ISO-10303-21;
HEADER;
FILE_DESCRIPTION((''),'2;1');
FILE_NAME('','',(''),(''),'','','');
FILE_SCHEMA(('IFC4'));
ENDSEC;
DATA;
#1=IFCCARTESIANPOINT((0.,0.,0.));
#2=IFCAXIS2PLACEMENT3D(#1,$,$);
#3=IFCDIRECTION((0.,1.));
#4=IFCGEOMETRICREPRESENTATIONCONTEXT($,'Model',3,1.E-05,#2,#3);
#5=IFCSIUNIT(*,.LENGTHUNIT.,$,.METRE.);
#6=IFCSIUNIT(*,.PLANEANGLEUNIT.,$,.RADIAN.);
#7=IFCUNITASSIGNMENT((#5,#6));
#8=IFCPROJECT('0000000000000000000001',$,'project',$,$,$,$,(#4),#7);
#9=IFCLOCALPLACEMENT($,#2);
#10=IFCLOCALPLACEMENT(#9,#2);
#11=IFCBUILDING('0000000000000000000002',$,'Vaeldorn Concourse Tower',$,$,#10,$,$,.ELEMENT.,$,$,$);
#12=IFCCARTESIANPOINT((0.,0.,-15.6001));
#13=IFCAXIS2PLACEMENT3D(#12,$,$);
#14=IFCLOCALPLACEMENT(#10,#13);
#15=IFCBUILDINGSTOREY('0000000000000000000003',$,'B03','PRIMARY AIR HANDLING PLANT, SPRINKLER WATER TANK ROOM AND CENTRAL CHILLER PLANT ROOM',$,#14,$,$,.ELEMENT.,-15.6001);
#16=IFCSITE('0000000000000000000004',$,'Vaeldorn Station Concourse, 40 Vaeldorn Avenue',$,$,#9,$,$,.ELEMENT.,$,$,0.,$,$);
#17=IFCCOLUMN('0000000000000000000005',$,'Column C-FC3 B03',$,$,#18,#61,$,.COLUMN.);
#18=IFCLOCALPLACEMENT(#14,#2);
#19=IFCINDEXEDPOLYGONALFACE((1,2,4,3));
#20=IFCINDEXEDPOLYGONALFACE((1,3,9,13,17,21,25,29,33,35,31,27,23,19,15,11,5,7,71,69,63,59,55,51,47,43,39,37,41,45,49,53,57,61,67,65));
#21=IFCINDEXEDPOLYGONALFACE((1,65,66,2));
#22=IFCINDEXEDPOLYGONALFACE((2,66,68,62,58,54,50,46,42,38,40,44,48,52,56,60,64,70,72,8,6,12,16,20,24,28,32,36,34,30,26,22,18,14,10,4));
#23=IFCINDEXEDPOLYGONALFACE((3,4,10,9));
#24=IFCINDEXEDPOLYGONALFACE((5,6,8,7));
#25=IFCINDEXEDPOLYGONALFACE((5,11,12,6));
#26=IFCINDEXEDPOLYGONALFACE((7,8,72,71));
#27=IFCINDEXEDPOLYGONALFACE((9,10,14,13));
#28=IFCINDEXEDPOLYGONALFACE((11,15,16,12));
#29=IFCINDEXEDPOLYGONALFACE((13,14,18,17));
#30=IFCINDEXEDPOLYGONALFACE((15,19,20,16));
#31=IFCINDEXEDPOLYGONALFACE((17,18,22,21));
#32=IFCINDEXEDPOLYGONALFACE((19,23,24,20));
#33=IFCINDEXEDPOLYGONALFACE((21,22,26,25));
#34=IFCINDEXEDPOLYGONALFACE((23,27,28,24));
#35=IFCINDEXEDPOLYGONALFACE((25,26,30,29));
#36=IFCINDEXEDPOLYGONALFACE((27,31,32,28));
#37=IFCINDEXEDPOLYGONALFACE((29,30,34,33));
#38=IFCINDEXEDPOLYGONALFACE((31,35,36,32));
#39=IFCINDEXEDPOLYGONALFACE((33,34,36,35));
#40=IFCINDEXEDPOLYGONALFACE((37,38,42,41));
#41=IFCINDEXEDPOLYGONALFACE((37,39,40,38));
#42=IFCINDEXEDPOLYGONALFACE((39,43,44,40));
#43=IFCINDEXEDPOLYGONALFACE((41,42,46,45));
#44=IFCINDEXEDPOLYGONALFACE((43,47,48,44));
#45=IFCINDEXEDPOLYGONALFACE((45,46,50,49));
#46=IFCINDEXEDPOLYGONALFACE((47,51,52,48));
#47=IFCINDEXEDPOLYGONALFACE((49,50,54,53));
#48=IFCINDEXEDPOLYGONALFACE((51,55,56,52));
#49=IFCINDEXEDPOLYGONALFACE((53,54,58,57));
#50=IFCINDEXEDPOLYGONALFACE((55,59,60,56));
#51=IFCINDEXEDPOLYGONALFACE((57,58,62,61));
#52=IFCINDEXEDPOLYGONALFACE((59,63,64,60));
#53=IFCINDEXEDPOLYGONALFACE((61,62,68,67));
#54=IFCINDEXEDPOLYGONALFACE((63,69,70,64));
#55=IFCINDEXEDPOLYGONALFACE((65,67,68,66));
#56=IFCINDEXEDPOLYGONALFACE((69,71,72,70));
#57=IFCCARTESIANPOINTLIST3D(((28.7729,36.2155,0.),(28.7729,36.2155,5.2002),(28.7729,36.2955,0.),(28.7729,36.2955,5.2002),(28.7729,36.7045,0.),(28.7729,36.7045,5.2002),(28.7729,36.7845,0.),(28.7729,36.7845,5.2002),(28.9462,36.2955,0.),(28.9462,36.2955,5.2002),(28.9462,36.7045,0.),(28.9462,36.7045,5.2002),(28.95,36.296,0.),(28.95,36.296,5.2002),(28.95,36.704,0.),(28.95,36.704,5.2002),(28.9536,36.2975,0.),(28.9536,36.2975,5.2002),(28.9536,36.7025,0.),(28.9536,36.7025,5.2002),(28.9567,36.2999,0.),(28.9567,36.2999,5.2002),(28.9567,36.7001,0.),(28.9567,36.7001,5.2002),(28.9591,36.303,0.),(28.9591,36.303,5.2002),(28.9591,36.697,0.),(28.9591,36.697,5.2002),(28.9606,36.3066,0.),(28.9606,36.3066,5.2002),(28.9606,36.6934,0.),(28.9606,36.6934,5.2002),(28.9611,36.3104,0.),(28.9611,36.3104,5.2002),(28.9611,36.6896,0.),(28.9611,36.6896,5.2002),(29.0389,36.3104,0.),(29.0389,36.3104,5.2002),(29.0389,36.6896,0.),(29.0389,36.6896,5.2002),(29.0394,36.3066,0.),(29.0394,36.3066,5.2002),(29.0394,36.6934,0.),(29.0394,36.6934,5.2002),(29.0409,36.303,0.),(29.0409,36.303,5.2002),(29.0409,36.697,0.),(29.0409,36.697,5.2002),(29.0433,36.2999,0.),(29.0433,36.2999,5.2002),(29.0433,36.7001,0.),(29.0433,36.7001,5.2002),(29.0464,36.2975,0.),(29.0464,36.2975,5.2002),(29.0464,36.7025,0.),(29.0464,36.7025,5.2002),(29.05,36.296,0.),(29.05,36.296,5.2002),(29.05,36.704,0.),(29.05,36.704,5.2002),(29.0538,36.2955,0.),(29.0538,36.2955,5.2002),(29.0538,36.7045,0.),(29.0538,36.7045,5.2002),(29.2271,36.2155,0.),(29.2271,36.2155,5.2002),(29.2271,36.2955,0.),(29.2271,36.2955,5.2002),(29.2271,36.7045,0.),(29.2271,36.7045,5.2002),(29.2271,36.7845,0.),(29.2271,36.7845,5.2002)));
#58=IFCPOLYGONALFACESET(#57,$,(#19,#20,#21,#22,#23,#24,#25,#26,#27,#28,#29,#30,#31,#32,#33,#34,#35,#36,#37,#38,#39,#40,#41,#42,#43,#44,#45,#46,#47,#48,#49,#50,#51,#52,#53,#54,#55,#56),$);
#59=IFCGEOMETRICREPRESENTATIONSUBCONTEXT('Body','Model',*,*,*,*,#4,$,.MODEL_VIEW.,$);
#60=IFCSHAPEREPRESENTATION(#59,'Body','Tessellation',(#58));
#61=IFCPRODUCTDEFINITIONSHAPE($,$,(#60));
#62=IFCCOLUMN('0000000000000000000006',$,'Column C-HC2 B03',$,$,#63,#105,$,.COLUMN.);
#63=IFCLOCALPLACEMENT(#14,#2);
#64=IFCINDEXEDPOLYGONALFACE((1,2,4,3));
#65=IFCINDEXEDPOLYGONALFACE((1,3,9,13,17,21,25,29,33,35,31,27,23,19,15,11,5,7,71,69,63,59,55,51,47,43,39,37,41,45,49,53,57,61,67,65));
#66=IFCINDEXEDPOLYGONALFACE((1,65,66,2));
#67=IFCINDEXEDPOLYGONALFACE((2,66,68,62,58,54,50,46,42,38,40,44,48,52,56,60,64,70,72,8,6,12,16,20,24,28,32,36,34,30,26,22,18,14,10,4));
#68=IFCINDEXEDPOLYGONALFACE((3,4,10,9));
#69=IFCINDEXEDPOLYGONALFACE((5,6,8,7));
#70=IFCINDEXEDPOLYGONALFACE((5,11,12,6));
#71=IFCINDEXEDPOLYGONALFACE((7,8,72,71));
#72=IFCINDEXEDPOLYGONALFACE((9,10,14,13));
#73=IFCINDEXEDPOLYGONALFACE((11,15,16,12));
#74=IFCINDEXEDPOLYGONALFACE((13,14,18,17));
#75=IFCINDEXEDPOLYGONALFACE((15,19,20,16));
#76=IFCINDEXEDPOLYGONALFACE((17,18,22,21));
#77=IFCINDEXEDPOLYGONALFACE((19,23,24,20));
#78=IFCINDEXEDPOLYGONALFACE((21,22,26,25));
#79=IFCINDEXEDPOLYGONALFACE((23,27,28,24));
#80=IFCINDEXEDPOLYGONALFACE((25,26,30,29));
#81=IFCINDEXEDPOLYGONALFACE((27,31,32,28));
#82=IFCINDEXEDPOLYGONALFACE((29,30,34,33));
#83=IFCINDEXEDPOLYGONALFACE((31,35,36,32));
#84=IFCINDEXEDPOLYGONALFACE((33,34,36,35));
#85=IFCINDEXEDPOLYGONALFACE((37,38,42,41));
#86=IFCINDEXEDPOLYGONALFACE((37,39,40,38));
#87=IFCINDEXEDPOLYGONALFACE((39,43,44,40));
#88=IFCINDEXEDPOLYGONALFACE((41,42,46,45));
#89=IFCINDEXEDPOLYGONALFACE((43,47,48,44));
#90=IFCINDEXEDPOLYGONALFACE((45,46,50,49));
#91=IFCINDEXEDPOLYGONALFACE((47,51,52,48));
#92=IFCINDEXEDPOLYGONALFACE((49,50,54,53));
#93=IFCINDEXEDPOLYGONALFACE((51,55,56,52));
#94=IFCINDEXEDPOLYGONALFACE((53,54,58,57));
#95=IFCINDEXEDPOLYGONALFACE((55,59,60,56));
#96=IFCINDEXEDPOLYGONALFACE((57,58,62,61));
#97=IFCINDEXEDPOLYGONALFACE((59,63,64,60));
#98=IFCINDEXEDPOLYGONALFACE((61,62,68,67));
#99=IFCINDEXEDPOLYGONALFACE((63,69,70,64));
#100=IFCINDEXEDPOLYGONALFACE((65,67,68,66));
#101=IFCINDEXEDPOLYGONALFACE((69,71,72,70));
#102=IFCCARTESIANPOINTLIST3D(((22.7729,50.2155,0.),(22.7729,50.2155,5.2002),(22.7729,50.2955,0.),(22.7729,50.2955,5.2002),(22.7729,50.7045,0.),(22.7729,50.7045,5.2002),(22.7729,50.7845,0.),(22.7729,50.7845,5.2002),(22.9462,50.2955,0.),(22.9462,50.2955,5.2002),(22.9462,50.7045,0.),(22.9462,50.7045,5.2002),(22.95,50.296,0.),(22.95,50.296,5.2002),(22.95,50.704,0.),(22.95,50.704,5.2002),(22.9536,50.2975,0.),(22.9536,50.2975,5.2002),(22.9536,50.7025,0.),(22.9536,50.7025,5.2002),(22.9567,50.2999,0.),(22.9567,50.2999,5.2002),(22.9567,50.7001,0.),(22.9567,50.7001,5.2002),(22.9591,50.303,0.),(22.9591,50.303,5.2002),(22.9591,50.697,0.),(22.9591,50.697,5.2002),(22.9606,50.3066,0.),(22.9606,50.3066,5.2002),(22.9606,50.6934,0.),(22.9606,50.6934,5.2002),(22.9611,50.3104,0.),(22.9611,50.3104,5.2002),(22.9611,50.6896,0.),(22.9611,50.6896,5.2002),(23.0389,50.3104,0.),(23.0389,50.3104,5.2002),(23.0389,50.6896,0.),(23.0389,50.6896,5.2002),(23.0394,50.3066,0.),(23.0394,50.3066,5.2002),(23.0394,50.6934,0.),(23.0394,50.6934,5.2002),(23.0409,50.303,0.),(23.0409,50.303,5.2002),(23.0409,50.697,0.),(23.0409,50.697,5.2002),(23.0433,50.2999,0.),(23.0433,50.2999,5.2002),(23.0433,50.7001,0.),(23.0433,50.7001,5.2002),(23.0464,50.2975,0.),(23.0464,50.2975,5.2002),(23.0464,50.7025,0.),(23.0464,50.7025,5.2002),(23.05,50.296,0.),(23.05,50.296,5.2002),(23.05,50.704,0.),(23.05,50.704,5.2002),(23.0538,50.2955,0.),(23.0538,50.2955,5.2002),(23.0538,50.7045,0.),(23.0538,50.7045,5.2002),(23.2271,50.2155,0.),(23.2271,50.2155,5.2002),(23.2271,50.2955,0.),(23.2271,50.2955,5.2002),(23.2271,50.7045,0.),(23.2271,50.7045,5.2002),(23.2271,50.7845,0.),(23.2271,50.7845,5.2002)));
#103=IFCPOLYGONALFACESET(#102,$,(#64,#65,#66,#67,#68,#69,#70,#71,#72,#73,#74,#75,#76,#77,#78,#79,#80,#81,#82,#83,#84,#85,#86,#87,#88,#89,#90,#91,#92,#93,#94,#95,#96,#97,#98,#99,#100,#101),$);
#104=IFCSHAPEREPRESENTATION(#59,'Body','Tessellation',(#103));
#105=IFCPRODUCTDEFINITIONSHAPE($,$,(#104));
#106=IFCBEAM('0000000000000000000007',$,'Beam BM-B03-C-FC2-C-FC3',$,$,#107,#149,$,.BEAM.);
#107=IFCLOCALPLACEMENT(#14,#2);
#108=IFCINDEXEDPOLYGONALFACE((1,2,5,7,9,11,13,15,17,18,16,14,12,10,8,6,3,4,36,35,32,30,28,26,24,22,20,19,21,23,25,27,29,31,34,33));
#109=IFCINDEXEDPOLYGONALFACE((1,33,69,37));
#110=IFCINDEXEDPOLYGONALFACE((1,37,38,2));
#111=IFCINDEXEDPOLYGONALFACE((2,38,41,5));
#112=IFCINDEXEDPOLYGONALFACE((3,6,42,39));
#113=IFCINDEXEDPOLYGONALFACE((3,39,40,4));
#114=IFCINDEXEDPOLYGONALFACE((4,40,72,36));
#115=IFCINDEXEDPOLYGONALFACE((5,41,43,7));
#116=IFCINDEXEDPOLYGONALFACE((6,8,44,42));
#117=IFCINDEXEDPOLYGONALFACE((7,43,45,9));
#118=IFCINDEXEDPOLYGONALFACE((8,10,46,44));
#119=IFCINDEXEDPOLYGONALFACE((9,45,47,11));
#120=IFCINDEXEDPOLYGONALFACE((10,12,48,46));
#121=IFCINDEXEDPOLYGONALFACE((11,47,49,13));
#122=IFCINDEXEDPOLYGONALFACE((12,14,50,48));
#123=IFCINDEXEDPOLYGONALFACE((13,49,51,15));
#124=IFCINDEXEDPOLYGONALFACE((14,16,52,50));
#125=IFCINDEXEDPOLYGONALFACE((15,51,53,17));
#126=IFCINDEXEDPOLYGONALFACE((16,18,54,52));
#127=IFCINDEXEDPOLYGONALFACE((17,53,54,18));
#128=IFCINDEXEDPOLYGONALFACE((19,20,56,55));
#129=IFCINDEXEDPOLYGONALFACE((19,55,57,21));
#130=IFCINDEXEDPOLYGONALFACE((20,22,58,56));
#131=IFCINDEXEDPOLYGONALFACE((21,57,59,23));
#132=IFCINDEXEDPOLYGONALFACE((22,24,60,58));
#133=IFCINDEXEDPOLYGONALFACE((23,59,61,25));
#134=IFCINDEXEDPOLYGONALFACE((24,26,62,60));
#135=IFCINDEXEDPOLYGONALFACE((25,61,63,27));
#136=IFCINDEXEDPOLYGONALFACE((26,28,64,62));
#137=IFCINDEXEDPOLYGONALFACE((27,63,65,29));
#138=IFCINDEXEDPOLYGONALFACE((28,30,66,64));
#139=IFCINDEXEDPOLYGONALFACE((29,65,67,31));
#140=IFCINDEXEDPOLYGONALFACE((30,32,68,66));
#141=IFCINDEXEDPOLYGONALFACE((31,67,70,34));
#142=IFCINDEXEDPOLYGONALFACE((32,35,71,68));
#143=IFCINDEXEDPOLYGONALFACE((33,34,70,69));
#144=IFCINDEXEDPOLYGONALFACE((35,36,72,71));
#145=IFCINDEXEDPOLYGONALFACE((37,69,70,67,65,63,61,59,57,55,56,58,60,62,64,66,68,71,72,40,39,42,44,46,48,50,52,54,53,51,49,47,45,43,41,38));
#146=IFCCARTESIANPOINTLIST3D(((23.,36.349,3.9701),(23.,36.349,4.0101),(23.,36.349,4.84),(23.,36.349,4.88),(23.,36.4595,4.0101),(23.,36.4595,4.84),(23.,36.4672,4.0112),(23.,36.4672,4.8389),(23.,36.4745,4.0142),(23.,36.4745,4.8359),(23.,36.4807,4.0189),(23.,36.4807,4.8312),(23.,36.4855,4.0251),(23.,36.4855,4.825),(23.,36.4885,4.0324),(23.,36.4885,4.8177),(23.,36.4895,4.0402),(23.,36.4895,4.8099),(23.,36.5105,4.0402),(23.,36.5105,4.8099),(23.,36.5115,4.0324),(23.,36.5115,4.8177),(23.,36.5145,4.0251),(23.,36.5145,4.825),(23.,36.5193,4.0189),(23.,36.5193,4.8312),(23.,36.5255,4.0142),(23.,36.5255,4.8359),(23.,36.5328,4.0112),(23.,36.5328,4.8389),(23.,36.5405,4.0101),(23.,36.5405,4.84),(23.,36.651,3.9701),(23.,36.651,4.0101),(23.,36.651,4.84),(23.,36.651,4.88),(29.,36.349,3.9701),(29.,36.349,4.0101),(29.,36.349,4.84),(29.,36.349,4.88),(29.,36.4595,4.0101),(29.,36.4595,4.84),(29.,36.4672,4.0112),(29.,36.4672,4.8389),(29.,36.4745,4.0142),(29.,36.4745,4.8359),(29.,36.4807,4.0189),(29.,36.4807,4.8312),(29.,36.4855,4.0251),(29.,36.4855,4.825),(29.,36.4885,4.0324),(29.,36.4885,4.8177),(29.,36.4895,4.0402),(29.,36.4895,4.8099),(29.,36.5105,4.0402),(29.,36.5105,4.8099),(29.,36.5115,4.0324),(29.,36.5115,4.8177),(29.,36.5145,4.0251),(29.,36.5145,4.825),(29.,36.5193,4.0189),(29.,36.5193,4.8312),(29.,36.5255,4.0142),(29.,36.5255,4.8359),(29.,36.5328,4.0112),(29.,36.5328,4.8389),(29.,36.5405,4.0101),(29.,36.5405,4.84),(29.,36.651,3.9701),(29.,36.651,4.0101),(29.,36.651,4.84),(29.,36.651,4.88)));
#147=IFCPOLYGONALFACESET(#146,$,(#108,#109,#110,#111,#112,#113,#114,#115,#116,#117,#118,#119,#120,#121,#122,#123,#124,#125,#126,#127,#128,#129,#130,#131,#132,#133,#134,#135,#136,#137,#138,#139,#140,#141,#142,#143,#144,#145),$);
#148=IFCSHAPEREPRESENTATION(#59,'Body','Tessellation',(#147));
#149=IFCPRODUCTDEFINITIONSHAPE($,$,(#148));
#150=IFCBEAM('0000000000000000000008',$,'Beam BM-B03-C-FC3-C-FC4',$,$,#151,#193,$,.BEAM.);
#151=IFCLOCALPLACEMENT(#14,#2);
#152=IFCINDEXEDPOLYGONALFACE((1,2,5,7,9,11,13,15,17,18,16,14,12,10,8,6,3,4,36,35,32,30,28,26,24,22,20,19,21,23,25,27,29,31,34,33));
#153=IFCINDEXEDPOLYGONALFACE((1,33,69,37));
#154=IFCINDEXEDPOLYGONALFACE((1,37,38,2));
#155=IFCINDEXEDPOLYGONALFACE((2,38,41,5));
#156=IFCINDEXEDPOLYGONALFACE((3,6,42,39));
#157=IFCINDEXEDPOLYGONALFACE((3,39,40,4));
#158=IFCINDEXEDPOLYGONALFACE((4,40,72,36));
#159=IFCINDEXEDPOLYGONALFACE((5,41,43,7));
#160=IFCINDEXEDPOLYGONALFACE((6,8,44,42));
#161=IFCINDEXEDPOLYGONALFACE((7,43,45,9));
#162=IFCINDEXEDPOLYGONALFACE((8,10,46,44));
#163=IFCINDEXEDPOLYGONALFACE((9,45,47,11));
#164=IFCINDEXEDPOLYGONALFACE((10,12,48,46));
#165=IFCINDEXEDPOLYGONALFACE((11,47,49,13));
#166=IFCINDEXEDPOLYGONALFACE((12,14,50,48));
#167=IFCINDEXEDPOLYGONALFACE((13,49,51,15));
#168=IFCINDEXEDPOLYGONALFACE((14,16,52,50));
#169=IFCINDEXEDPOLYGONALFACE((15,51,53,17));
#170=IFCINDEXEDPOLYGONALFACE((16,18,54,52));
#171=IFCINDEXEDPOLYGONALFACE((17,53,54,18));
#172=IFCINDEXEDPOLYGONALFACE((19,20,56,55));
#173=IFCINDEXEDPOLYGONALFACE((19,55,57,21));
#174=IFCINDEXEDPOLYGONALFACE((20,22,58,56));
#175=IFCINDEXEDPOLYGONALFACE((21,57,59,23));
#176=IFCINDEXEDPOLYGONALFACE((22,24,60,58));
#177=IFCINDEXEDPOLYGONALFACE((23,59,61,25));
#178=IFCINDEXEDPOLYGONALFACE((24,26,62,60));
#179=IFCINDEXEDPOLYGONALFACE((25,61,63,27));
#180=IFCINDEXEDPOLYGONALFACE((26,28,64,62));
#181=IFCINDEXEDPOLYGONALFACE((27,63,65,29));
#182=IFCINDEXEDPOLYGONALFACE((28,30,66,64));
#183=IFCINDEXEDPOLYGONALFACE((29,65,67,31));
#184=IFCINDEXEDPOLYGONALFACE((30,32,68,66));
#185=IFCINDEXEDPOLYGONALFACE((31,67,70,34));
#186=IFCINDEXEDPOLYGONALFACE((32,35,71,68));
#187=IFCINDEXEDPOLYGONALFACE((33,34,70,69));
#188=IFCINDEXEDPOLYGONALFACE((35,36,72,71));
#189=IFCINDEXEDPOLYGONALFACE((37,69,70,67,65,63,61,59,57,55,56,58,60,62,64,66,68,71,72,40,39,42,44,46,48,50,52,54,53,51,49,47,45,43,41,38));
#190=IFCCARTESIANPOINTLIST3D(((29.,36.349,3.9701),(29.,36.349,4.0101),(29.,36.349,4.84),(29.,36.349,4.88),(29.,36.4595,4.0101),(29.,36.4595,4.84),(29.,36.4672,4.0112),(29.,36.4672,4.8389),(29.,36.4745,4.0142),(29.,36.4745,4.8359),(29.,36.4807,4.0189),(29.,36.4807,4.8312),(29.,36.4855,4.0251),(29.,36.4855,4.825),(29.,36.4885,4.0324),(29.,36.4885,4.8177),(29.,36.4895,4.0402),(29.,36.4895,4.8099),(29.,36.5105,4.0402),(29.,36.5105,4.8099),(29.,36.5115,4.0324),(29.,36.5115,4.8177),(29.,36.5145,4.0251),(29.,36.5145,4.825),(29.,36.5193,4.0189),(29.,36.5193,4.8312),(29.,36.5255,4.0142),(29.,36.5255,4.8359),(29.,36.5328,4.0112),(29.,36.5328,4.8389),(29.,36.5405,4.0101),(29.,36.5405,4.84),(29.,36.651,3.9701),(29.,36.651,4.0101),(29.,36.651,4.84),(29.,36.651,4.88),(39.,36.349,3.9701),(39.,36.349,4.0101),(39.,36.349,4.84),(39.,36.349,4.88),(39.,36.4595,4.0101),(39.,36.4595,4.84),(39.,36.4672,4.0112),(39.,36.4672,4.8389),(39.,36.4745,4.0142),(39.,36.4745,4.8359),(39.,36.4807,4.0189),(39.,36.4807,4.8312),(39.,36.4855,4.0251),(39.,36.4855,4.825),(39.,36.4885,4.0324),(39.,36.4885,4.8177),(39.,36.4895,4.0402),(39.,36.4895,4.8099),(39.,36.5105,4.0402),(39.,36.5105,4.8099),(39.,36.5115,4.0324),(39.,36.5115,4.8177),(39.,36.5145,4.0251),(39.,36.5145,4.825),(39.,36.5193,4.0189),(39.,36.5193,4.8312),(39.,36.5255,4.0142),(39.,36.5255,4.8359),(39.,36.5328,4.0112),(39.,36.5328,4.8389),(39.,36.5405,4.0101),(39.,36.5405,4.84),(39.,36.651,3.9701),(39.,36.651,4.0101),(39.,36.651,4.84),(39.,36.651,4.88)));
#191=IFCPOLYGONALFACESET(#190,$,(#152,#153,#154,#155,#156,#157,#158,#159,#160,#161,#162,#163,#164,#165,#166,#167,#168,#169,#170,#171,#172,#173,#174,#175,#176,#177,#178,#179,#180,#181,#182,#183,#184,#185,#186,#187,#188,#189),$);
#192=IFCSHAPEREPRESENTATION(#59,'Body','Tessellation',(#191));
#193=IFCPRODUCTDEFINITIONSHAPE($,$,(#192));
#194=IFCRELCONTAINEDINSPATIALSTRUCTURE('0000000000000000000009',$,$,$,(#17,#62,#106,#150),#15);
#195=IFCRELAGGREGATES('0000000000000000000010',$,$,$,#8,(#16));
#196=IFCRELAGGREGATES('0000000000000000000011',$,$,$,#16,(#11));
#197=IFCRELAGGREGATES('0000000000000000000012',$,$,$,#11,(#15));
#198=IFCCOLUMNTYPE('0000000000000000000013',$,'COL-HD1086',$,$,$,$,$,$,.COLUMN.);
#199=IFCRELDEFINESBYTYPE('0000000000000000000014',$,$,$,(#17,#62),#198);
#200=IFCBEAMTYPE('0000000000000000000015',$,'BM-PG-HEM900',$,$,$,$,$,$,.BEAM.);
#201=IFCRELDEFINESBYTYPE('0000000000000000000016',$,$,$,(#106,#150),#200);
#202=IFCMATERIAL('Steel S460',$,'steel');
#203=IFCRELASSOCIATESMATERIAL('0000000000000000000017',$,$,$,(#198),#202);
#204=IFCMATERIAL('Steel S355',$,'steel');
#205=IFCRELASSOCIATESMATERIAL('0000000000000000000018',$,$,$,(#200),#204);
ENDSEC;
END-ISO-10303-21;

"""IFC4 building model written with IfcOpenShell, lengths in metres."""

from ifc_helpers import new_model, si_unit, direction, frame, origin, origin_2d, place, context, subcontext, project, spatial, i_section, extrude, source, transform, mapped, material, material_profile, profile_set, type_object, element, save


model = new_model("IFC4")

# Units and contexts
model_context = context("Model", 3, precision=1e-05, world=origin(), true_north=direction((0.0, 1.0)))
body_context = subcontext(model_context, "Body", "Model", "MODEL_VIEW")
ifc_project = project(units=[si_unit("LENGTHUNIT", "METRE"), si_unit("PLANEANGLEUNIT", "RADIAN")], contexts=[model_context])

# Site, building, storey
site_placement = place(None, origin())
site = spatial("IfcSite", under=ifc_project, at=site_placement, Name="Vaeldorn Station Concourse, 40 Vaeldorn Avenue", CompositionType="ELEMENT", RefElevation=0.0)
building_placement = place(site_placement, origin())
building = spatial("IfcBuilding", under=site, at=building_placement, Name="Vaeldorn Concourse Tower", CompositionType="ELEMENT")
storey_placement = place(building_placement, frame((0.0, 0.0, -15.6001)))
storey = spatial("IfcBuildingStorey", under=building, at=storey_placement, Name="B03", Description="PRIMARY AIR HANDLING PLANT, SPRINKLER WATER TANK ROOM AND CENTRAL CHILLER PLANT ROOM", CompositionType="ELEMENT", Elevation=-15.6001)

# Columns
ifc_material_1 = material(Name="Steel S460", Category="steel")
ifc_material_profile_1 = material_profile(ifc_material_1, i_section(OverallWidth=0.4541, OverallDepth=0.5691, WebThickness=0.0779, FlangeThickness=0.0801, FilletRadius=0.0149, at=origin_2d()), Name="HD 400x1086")
ifc_profile_set_1 = profile_set([ifc_material_profile_1], Name="Steel S460")
column_type = type_object("IfcColumnType", Name="COL-HD1086", PredefinedType="COLUMN", material=ifc_profile_set_1)
shared_shape_1 = source(origin(), body_context, "Body", "SweptSolid", [
    extrude(i_section(OverallWidth=0.4541, OverallDepth=0.5691, WebThickness=0.0779, FlangeThickness=0.0801, FilletRadius=0.0149, at=origin_2d()), origin(), (0.0, 0.0, 1.0), 5.2002),
])
for number, where, z_axis, x_axis, name in (
    (1, (29.0, 36.5, 0.0), (0.0, 0.0, 1.0), (1.0, 0.0, 0.0), "Column C-FC3 B03"),
    (2, (23.0, 50.5, 0.0), (0.0, 0.0, 1.0), (1.0, 0.0, 0.0), "Column C-HC2 B03"),
):
    element("IfcColumn", number, at=place(storey_placement, frame(where, z_axis=z_axis, x_axis=x_axis)), inside=storey, type_object=column_type, Name=name, PredefinedType="COLUMN", context=body_context, shape_type="MappedRepresentation", body=[
        mapped(shared_shape_1, transform((0.0, 0.0, 0.0), scale=1.0)),
    ])

# Beams
ifc_material_2 = material(Name="Steel S355", Category="steel")
ifc_material_profile_2 = material_profile(ifc_material_2, i_section(OverallWidth=0.302, OverallDepth=0.9099, WebThickness=0.021, FlangeThickness=0.04, FilletRadius=0.03, at=origin_2d()), Name="HEM 900")
ifc_profile_set_2 = profile_set([ifc_material_profile_2], Name="Steel S355")
beam_type = type_object("IfcBeamType", Name="BM-PG-HEM900", PredefinedType="BEAM", material=ifc_profile_set_2)
shared_shape_2 = source(origin(), body_context, "Body", "SweptSolid", [
    extrude(i_section(OverallWidth=0.302, OverallDepth=0.9099, WebThickness=0.021, FlangeThickness=0.04, FilletRadius=0.03, at=origin_2d()), origin(), (0.0, 0.0, 1.0), 6.0),
])
beam_1_placement = place(storey_placement, frame((23.0, 36.5, 4.425), z_axis=(1.0, 0.0, 0.0), x_axis=(0.0, 1.0, 0.0)))
element("IfcBeam", 3, at=beam_1_placement, inside=storey, type_object=beam_type, Name="Beam BM-B03-C-FC2-C-FC3", PredefinedType="BEAM", context=body_context, shape_type="MappedRepresentation", body=[
    mapped(shared_shape_2, transform((0.0, 0.0, 0.0), scale=1.0)),
])
shared_shape_3 = source(origin(), body_context, "Body", "SweptSolid", [
    extrude(i_section(OverallWidth=0.302, OverallDepth=0.9099, WebThickness=0.021, FlangeThickness=0.04, FilletRadius=0.03, at=origin_2d()), origin(), (0.0, 0.0, 1.0), 10.0),
])
beam_2_placement = place(storey_placement, frame((29.0, 36.5, 4.425), z_axis=(1.0, 0.0, 0.0), x_axis=(0.0, 1.0, 0.0)))
element("IfcBeam", 4, at=beam_2_placement, inside=storey, type_object=beam_type, Name="Beam BM-B03-C-FC3-C-FC4", PredefinedType="BEAM", context=body_context, shape_type="MappedRepresentation", body=[
    mapped(shared_shape_3, transform((0.0, 0.0, 0.0), scale=1.0)),
])

save(model, "model.ifc")
